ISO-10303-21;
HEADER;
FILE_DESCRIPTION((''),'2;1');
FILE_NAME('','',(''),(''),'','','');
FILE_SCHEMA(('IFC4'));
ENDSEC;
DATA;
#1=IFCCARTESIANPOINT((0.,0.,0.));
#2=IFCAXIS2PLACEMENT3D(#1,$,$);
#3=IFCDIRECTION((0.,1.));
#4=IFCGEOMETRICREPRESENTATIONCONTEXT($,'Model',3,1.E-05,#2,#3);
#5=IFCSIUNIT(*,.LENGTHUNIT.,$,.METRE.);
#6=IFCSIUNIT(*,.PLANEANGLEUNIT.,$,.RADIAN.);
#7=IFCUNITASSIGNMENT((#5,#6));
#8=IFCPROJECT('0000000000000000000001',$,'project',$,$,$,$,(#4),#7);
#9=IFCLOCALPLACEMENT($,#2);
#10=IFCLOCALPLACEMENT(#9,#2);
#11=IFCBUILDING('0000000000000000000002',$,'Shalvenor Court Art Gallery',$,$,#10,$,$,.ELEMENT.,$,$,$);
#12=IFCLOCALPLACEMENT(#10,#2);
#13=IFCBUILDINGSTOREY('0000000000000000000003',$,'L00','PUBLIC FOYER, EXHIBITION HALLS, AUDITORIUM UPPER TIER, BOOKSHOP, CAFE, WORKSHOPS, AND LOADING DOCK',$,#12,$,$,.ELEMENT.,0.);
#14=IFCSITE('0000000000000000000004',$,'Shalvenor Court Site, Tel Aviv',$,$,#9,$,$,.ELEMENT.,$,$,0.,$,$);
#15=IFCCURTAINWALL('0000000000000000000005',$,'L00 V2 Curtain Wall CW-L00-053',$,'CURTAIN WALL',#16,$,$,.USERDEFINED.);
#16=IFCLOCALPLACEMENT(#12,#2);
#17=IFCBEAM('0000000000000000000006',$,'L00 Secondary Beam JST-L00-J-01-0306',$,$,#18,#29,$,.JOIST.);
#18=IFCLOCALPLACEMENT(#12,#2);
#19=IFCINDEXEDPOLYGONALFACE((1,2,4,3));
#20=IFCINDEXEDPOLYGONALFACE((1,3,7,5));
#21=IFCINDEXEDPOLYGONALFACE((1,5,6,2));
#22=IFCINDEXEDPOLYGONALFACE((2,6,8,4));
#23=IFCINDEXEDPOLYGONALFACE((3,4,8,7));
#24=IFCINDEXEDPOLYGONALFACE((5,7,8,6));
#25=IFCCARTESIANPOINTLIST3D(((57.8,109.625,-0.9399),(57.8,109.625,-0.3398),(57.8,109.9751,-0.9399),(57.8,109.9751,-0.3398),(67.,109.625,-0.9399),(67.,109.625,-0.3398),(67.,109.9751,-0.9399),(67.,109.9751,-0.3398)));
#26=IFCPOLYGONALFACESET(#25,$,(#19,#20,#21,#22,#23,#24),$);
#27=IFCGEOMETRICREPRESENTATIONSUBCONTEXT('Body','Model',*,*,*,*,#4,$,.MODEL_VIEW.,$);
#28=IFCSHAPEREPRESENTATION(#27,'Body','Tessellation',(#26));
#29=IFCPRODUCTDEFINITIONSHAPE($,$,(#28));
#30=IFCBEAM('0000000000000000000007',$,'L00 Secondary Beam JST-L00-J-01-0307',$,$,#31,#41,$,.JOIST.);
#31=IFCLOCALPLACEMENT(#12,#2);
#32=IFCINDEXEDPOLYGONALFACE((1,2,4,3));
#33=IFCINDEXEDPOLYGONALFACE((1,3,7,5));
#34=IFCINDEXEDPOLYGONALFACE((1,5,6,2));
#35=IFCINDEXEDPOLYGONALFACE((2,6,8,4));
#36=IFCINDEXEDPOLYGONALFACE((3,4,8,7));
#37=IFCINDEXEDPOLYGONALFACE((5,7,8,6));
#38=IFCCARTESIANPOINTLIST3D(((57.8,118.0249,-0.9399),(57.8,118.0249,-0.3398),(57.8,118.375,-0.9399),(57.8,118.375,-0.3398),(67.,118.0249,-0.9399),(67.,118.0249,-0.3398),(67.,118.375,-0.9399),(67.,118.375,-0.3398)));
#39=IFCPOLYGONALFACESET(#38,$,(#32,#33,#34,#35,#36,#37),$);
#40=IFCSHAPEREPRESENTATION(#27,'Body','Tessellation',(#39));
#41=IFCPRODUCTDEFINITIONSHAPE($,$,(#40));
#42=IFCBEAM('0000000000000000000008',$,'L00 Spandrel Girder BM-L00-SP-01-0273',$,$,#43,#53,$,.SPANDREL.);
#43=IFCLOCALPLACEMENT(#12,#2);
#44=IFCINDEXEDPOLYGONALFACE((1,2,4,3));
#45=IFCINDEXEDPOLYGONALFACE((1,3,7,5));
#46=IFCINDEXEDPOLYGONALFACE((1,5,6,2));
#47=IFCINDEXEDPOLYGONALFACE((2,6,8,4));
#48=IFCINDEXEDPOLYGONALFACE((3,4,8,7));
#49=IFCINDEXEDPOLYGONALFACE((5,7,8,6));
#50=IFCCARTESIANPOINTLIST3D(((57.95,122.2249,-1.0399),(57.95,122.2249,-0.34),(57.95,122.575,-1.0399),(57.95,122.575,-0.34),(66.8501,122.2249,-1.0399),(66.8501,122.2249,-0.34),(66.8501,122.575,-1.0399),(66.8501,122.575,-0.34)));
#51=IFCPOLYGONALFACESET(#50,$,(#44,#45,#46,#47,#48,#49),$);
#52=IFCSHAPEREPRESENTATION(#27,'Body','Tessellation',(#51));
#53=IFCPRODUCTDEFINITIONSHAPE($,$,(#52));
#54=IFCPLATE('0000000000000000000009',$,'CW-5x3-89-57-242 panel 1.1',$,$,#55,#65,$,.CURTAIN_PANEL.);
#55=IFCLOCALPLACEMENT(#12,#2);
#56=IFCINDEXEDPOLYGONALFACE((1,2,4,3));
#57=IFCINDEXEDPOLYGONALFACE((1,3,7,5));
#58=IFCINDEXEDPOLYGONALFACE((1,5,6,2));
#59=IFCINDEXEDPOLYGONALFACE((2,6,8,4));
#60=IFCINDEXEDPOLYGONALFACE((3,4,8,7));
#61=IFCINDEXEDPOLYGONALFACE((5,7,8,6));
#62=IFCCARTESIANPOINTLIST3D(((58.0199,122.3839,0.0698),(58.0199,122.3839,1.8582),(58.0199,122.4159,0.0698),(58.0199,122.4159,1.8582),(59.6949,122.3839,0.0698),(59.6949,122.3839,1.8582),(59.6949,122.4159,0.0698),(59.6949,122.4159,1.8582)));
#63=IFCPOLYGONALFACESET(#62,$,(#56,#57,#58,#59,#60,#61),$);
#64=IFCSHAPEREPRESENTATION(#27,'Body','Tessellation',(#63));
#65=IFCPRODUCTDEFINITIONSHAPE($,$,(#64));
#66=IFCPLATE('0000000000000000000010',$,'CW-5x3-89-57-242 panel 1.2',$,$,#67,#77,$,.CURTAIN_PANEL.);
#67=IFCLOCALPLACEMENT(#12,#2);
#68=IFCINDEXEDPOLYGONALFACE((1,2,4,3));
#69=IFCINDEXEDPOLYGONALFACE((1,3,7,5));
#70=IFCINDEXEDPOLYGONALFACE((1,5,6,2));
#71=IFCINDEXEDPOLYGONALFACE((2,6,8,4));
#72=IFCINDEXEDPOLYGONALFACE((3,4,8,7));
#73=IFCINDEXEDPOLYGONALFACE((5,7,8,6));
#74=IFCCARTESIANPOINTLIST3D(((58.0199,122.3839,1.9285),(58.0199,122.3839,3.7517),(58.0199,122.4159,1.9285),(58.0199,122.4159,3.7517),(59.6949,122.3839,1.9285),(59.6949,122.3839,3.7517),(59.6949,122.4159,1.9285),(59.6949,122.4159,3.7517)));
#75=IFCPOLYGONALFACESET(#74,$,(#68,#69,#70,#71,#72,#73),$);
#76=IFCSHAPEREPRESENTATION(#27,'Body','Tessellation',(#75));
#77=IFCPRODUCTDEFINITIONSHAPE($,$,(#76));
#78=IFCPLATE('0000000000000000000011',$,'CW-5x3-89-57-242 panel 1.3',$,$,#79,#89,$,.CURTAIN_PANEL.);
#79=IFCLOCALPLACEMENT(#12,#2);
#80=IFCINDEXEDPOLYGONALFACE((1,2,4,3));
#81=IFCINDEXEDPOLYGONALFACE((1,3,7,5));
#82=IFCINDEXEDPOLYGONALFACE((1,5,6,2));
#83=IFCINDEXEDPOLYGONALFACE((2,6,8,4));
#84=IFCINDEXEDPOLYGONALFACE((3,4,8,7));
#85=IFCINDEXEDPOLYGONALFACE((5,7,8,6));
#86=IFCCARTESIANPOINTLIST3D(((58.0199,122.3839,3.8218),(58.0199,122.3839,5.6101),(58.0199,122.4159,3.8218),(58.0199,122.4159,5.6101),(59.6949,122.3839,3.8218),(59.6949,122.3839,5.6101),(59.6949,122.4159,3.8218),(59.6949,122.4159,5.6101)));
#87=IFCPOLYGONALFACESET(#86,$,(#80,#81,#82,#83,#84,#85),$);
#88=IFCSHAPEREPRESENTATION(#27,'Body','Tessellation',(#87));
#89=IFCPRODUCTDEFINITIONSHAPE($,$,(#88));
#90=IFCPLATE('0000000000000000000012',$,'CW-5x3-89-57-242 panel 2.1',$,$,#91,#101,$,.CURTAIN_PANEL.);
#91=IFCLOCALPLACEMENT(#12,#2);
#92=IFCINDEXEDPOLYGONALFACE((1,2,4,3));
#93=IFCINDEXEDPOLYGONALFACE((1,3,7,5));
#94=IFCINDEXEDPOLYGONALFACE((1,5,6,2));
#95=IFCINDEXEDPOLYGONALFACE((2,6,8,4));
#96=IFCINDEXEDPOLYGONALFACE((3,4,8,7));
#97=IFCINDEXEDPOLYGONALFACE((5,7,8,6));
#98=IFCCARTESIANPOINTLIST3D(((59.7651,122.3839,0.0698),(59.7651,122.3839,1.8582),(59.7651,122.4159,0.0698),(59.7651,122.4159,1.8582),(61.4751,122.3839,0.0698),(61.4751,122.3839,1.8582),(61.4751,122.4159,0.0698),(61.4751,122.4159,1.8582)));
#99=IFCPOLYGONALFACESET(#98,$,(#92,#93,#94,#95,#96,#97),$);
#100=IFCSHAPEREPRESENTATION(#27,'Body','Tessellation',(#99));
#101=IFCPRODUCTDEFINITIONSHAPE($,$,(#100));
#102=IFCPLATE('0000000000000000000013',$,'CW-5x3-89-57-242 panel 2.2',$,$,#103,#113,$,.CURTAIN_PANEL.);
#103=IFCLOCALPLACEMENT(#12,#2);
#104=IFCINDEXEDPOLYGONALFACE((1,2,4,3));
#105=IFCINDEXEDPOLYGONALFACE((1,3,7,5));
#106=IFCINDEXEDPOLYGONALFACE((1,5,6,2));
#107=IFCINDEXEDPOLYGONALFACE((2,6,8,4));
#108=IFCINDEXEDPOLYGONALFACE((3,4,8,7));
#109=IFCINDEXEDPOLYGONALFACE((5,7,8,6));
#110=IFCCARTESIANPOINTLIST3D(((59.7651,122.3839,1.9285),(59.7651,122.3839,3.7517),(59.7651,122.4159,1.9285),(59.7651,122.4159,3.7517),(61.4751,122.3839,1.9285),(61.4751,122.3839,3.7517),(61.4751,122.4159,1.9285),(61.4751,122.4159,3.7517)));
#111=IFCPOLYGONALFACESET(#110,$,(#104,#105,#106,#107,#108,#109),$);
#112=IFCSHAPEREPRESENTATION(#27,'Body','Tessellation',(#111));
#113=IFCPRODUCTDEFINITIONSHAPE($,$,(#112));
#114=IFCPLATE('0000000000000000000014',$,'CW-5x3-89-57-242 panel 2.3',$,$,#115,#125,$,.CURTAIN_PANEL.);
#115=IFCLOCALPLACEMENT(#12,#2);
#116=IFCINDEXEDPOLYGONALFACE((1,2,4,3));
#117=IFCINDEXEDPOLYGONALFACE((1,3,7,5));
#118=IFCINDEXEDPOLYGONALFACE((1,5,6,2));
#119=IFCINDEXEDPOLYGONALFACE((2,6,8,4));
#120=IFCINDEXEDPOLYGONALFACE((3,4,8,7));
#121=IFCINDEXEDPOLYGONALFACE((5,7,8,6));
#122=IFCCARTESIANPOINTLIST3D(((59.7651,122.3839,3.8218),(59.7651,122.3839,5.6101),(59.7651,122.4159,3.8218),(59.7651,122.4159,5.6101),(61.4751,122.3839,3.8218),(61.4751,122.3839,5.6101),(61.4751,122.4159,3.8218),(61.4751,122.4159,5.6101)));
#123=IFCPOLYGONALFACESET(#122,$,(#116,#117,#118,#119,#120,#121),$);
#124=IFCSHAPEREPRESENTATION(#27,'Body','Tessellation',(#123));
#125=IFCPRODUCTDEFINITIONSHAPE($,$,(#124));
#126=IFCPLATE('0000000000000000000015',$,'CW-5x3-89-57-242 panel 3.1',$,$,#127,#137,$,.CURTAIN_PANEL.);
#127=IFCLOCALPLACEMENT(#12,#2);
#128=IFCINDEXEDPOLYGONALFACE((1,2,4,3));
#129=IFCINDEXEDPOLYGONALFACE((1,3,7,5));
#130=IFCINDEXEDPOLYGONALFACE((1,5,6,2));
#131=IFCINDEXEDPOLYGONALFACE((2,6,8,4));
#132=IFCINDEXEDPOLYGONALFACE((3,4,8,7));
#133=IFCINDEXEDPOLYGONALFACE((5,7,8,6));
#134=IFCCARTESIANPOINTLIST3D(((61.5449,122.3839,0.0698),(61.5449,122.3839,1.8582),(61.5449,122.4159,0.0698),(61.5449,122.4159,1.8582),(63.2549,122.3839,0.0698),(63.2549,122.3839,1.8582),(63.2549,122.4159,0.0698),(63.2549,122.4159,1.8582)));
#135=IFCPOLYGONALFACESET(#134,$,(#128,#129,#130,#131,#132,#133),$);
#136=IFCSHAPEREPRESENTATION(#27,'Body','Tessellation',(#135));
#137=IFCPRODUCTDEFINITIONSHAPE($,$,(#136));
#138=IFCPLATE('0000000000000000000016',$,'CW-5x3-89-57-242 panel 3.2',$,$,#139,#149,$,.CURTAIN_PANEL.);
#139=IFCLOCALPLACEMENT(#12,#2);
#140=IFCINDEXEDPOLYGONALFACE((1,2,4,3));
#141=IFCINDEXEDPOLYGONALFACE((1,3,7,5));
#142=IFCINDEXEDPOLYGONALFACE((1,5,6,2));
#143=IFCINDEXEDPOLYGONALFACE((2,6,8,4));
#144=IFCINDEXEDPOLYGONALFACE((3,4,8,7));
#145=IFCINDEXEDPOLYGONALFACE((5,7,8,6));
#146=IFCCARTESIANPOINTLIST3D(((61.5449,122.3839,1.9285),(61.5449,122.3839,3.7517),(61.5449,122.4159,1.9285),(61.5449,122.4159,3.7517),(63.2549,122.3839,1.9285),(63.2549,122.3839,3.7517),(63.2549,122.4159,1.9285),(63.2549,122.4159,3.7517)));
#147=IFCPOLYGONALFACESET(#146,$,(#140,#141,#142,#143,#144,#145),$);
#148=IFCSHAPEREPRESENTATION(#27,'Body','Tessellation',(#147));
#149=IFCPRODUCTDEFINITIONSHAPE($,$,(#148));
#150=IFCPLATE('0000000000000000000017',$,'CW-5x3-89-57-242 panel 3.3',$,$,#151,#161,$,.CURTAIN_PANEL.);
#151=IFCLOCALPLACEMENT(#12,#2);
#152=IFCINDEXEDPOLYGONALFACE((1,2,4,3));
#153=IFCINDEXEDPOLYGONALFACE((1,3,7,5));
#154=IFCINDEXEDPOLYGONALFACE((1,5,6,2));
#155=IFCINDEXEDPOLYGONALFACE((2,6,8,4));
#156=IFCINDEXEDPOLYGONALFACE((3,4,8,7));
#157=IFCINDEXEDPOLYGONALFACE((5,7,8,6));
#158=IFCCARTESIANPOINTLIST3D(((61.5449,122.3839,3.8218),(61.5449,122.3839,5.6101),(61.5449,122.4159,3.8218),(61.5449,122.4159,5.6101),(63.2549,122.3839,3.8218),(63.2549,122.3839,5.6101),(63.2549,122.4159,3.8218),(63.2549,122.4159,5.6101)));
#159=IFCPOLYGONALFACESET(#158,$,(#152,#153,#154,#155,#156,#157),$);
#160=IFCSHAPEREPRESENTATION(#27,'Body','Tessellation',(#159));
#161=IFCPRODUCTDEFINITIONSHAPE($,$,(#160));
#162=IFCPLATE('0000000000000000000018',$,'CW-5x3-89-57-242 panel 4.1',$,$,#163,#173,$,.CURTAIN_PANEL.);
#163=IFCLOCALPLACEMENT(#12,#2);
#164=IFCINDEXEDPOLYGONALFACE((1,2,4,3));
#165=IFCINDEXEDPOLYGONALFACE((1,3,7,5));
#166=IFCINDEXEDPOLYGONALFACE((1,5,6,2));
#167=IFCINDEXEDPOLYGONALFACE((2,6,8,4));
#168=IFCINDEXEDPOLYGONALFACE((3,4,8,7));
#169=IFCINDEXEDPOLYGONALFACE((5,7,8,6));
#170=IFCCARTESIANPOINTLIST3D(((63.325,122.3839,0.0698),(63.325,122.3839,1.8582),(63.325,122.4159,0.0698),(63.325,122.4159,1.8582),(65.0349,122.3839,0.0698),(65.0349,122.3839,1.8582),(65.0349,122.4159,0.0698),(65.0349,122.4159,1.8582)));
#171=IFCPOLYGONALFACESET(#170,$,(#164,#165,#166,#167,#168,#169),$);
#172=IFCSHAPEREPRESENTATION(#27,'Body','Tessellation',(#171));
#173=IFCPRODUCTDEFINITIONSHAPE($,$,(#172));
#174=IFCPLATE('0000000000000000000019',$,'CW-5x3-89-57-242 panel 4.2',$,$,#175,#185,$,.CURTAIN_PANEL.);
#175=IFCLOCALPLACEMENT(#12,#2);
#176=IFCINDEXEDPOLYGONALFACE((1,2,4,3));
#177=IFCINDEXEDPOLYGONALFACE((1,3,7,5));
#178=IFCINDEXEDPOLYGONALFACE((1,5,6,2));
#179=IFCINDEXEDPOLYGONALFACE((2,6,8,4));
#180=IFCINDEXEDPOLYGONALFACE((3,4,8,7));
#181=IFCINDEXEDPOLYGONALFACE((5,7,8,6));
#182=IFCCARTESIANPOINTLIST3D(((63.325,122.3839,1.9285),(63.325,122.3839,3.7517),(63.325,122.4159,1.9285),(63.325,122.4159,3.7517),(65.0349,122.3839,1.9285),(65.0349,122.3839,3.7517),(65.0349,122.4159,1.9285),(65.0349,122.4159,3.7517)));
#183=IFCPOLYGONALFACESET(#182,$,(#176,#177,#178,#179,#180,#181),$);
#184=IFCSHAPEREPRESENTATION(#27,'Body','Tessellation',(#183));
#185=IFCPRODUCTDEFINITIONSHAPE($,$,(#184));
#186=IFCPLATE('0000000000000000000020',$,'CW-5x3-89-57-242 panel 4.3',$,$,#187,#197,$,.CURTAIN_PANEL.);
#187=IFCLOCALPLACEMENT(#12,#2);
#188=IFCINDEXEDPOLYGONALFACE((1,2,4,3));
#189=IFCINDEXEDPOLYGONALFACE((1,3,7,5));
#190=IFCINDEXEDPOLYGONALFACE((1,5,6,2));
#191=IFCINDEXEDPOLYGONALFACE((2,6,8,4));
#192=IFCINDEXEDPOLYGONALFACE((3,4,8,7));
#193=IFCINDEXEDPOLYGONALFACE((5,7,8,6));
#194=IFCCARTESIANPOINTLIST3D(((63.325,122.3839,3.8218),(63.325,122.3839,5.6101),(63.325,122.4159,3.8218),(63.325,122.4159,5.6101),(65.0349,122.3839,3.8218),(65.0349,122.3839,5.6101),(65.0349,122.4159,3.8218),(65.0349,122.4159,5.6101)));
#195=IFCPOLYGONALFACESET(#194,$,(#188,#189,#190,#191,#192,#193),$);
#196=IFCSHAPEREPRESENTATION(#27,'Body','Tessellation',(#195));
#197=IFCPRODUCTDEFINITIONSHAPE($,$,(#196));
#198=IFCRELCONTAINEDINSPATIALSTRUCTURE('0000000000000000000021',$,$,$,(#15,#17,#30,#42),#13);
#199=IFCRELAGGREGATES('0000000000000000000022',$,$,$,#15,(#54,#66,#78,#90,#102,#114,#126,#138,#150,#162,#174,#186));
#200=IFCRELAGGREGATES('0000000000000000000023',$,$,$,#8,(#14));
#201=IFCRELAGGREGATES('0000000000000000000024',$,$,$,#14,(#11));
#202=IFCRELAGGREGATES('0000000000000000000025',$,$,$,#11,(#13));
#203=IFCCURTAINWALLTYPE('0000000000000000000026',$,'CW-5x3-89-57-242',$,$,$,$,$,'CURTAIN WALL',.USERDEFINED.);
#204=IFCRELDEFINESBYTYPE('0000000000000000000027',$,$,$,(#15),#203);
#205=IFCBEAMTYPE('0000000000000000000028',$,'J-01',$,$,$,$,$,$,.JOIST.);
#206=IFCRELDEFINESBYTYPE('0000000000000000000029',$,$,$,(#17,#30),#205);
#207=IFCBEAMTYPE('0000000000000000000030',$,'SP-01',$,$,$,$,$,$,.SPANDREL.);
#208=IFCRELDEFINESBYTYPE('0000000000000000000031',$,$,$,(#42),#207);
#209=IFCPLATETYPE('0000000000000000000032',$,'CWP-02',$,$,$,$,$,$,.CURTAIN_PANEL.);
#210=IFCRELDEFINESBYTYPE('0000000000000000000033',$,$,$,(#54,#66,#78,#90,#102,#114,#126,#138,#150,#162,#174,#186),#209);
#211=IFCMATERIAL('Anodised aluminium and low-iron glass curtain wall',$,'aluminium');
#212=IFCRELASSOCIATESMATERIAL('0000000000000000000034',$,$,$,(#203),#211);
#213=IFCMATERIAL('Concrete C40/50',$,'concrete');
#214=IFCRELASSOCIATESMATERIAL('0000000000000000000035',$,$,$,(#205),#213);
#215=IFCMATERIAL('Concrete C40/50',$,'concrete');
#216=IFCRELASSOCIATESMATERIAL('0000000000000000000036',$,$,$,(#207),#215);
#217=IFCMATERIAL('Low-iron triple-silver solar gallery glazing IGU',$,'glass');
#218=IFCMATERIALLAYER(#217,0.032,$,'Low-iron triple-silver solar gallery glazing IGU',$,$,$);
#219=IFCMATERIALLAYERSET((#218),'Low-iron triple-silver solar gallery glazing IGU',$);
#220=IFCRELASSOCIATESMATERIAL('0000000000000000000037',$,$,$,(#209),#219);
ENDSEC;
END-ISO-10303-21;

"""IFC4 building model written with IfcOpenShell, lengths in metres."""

from ifc_helpers import new_model, si_unit, direction, frame, origin, origin_2d, place, context, subcontext, project, spatial, rectangle, extrude, material, layer, layer_set, material_profile, profile_set, type_object, element, aggregate, save


model = new_model("IFC4")

# Units and contexts
model_context = context("Model", 3, precision=1e-05, world=origin(), true_north=direction((0.0, 1.0)))
body_context = subcontext(model_context, "Body", "Model", "MODEL_VIEW")
ifc_project = project(units=[si_unit("LENGTHUNIT", "METRE"), si_unit("PLANEANGLEUNIT", "RADIAN")], contexts=[model_context])

# Site, building, storey
site_placement = place(None, origin())
site = spatial("IfcSite", under=ifc_project, at=site_placement, Name="Shalvenor Court Site, Tel Aviv", CompositionType="ELEMENT", RefElevation=0.0)
building_placement = place(site_placement, origin())
building = spatial("IfcBuilding", under=site, at=building_placement, Name="Shalvenor Court Art Gallery", CompositionType="ELEMENT")
storey_placement = place(building_placement, origin())
storey = spatial("IfcBuildingStorey", under=building, at=storey_placement, Name="L00", Description="PUBLIC FOYER, EXHIBITION HALLS, AUDITORIUM UPPER TIER, BOOKSHOP, CAFE, WORKSHOPS, AND LOADING DOCK", CompositionType="ELEMENT", Elevation=0.0)

# Curtain wall
ifc_material_1 = material(Name="Anodised aluminium and low-iron glass curtain wall", Category="aluminium")
curtain_wall_type_1 = type_object("IfcCurtainWallType", Name="CW-5x3-89-57-242", ElementType="CURTAIN WALL", PredefinedType="USERDEFINED", material=ifc_material_1)
curtain_wall_1_placement = place(storey_placement, origin())
curtain_wall_1 = element("IfcCurtainWall", 1, at=curtain_wall_1_placement, inside=storey, type_object=curtain_wall_type_1, Name="L00 V2 Curtain Wall CW-L00-053", ObjectType="CURTAIN WALL", PredefinedType="USERDEFINED")

# Beams
ifc_material_2 = material(Name="Concrete C40/50", Category="concrete")
ifc_material_profile_1 = material_profile(ifc_material_2, rectangle(XDim=0.3501, YDim=0.6001, at=origin_2d()), Name="RC 350x600")
ifc_profile_set_1 = profile_set([ifc_material_profile_1], Name="Concrete C40/50")
beam_type_1 = type_object("IfcBeamType", Name="J-01", PredefinedType="JOIST", material=ifc_profile_set_1)
for number, where, z_axis, x_axis, name in (
    (2, (57.8, 109.8, -0.6399), (1.0, 0.0, 0.0), (0.0, 1.0, 0.0), "L00 Secondary Beam JST-L00-J-01-0306"),
    (3, (57.8, 118.2, -0.6399), (1.0, 0.0, 0.0), (0.0, 1.0, 0.0), "L00 Secondary Beam JST-L00-J-01-0307"),
):
    element("IfcBeam", number, at=place(storey_placement, frame(where, z_axis=z_axis, x_axis=x_axis)), inside=storey, type_object=beam_type_1, Name=name, PredefinedType="JOIST", context=body_context, shape_type="SweptSolid", body=[
        extrude(rectangle(XDim=0.3501, YDim=0.6001, at=origin_2d()), origin(), (0.0, 0.0, 1.0), 9.2),
    ])
ifc_material_3 = material(Name="Concrete C40/50", Category="concrete")
ifc_material_profile_2 = material_profile(ifc_material_3, rectangle(XDim=0.3501, YDim=0.7, at=origin_2d()), Name="RC 350x700")
ifc_profile_set_2 = profile_set([ifc_material_profile_2], Name="Concrete C40/50")
beam_type_2 = type_object("IfcBeamType", Name="SP-01", PredefinedType="SPANDREL", material=ifc_profile_set_2)
beam_1_placement = place(storey_placement, frame((57.95, 122.3999, -0.6899), z_axis=(1.0, 0.0, 0.0), x_axis=(0.0, 1.0, 0.0)))
element("IfcBeam", 4, at=beam_1_placement, inside=storey, type_object=beam_type_2, Name="L00 Spandrel Girder BM-L00-SP-01-0273", PredefinedType="SPANDREL", context=body_context, shape_type="SweptSolid", body=[
    extrude(rectangle(XDim=0.3501, YDim=0.7, at=origin_2d()), origin(), (0.0, 0.0, 1.0), 8.9001),
])

# Plates
ifc_material_4 = material(Name="Low-iron triple-silver solar gallery glazing IGU", Category="glass")
ifc_layer_1 = layer(ifc_material_4, 0.032, Name="Low-iron triple-silver solar gallery glazing IGU")
ifc_layer_set_1 = layer_set([ifc_layer_1], Name="Low-iron triple-silver solar gallery glazing IGU")
plate_type_1 = type_object("IfcPlateType", Name="CWP-02", PredefinedType="CURTAIN_PANEL", material=ifc_layer_set_1)
plate_1_placement = place(storey_placement, frame((58.8574, 122.3999, 0.0698), z_axis=(0.0, 0.0, 1.0), x_axis=(1.0, 0.0, 0.0)))
plate_1 = element("IfcPlate", 5, at=plate_1_placement, type_object=plate_type_1, Name="CW-5x3-89-57-242 panel 1.1", PredefinedType="CURTAIN_PANEL", context=body_context, shape_type="SweptSolid", body=[
    extrude(rectangle(XDim=1.675, YDim=0.032, at=origin_2d()), origin(), (0.0, 0.0, 1.0), 1.7883),
])
plate_2_placement = place(storey_placement, frame((58.8574, 122.3999, 1.9285), z_axis=(0.0, 0.0, 1.0), x_axis=(1.0, 0.0, 0.0)))
plate_2 = element("IfcPlate", 6, at=plate_2_placement, type_object=plate_type_1, Name="CW-5x3-89-57-242 panel 1.2", PredefinedType="CURTAIN_PANEL", context=body_context, shape_type="SweptSolid", body=[
    extrude(rectangle(XDim=1.675, YDim=0.032, at=origin_2d()), origin(), (0.0, 0.0, 1.0), 1.8232),
])
plate_3_placement = place(storey_placement, frame((58.8574, 122.3999, 3.8218), z_axis=(0.0, 0.0, 1.0), x_axis=(1.0, 0.0, 0.0)))
plate_3 = element("IfcPlate", 7, at=plate_3_placement, type_object=plate_type_1, Name="CW-5x3-89-57-242 panel 1.3", PredefinedType="CURTAIN_PANEL", context=body_context, shape_type="SweptSolid", body=[
    extrude(rectangle(XDim=1.675, YDim=0.032, at=origin_2d()), origin(), (0.0, 0.0, 1.0), 1.7883),
])
plate_4_placement = place(storey_placement, frame((60.6201, 122.3999, 0.0698), z_axis=(0.0, 0.0, 1.0), x_axis=(1.0, 0.0, 0.0)))
plate_4 = element("IfcPlate", 8, at=plate_4_placement, type_object=plate_type_1, Name="CW-5x3-89-57-242 panel 2.1", PredefinedType="CURTAIN_PANEL", context=body_context, shape_type="SweptSolid", body=[
    extrude(rectangle(XDim=1.71, YDim=0.032, at=origin_2d()), origin(), (0.0, 0.0, 1.0), 1.7883),
])
plate_5_placement = place(storey_placement, frame((60.6201, 122.3999, 1.9285), z_axis=(0.0, 0.0, 1.0), x_axis=(1.0, 0.0, 0.0)))
plate_5 = element("IfcPlate", 9, at=plate_5_placement, type_object=plate_type_1, Name="CW-5x3-89-57-242 panel 2.2", PredefinedType="CURTAIN_PANEL", context=body_context, shape_type="SweptSolid", body=[
    extrude(rectangle(XDim=1.71, YDim=0.032, at=origin_2d()), origin(), (0.0, 0.0, 1.0), 1.8232),
])
plate_6_placement = place(storey_placement, frame((60.6201, 122.3999, 3.8218), z_axis=(0.0, 0.0, 1.0), x_axis=(1.0, 0.0, 0.0)))
plate_6 = element("IfcPlate", 10, at=plate_6_placement, type_object=plate_type_1, Name="CW-5x3-89-57-242 panel 2.3", PredefinedType="CURTAIN_PANEL", context=body_context, shape_type="SweptSolid", body=[
    extrude(rectangle(XDim=1.71, YDim=0.032, at=origin_2d()), origin(), (0.0, 0.0, 1.0), 1.7883),
])
plate_7_placement = place(storey_placement, frame((62.3999, 122.3999, 0.0698), z_axis=(0.0, 0.0, 1.0), x_axis=(1.0, 0.0, 0.0)))
plate_7 = element("IfcPlate", 11, at=plate_7_placement, type_object=plate_type_1, Name="CW-5x3-89-57-242 panel 3.1", PredefinedType="CURTAIN_PANEL", context=body_context, shape_type="SweptSolid", body=[
    extrude(rectangle(XDim=1.71, YDim=0.032, at=origin_2d()), origin(), (0.0, 0.0, 1.0), 1.7883),
])
plate_8_placement = place(storey_placement, frame((62.3999, 122.3999, 1.9285), z_axis=(0.0, 0.0, 1.0), x_axis=(1.0, 0.0, 0.0)))
plate_8 = element("IfcPlate", 12, at=plate_8_placement, type_object=plate_type_1, Name="CW-5x3-89-57-242 panel 3.2", PredefinedType="CURTAIN_PANEL", context=body_context, shape_type="SweptSolid", body=[
    extrude(rectangle(XDim=1.71, YDim=0.032, at=origin_2d()), origin(), (0.0, 0.0, 1.0), 1.8232),
])
plate_9_placement = place(storey_placement, frame((62.3999, 122.3999, 3.8218), z_axis=(0.0, 0.0, 1.0), x_axis=(1.0, 0.0, 0.0)))
plate_9 = element("IfcPlate", 13, at=plate_9_placement, type_object=plate_type_1, Name="CW-5x3-89-57-242 panel 3.3", PredefinedType="CURTAIN_PANEL", context=body_context, shape_type="SweptSolid", body=[
    extrude(rectangle(XDim=1.71, YDim=0.032, at=origin_2d()), origin(), (0.0, 0.0, 1.0), 1.7883),
])
plate_10_placement = place(storey_placement, frame((64.1799, 122.3999, 0.0698), z_axis=(0.0, 0.0, 1.0), x_axis=(1.0, 0.0, 0.0)))
plate_10 = element("IfcPlate", 14, at=plate_10_placement, type_object=plate_type_1, Name="CW-5x3-89-57-242 panel 4.1", PredefinedType="CURTAIN_PANEL", context=body_context, shape_type="SweptSolid", body=[
    extrude(rectangle(XDim=1.71, YDim=0.032, at=origin_2d()), origin(), (0.0, 0.0, 1.0), 1.7883),
])
plate_11_placement = place(storey_placement, frame((64.1799, 122.3999, 1.9285), z_axis=(0.0, 0.0, 1.0), x_axis=(1.0, 0.0, 0.0)))
plate_11 = element("IfcPlate", 15, at=plate_11_placement, type_object=plate_type_1, Name="CW-5x3-89-57-242 panel 4.2", PredefinedType="CURTAIN_PANEL", context=body_context, shape_type="SweptSolid", body=[
    extrude(rectangle(XDim=1.71, YDim=0.032, at=origin_2d()), origin(), (0.0, 0.0, 1.0), 1.8232),
])
plate_12_placement = place(storey_placement, frame((64.1799, 122.3999, 3.8218), z_axis=(0.0, 0.0, 1.0), x_axis=(1.0, 0.0, 0.0)))
plate_12 = element("IfcPlate", 16, at=plate_12_placement, type_object=plate_type_1, Name="CW-5x3-89-57-242 panel 4.3", PredefinedType="CURTAIN_PANEL", context=body_context, shape_type="SweptSolid", body=[
    extrude(rectangle(XDim=1.71, YDim=0.032, at=origin_2d()), origin(), (0.0, 0.0, 1.0), 1.7883),
])
aggregate(curtain_wall_1, [plate_1, plate_2, plate_3, plate_4, plate_5, plate_6, plate_7, plate_8, plate_9, plate_10, plate_11, plate_12])

save(model, "model.ifc")
